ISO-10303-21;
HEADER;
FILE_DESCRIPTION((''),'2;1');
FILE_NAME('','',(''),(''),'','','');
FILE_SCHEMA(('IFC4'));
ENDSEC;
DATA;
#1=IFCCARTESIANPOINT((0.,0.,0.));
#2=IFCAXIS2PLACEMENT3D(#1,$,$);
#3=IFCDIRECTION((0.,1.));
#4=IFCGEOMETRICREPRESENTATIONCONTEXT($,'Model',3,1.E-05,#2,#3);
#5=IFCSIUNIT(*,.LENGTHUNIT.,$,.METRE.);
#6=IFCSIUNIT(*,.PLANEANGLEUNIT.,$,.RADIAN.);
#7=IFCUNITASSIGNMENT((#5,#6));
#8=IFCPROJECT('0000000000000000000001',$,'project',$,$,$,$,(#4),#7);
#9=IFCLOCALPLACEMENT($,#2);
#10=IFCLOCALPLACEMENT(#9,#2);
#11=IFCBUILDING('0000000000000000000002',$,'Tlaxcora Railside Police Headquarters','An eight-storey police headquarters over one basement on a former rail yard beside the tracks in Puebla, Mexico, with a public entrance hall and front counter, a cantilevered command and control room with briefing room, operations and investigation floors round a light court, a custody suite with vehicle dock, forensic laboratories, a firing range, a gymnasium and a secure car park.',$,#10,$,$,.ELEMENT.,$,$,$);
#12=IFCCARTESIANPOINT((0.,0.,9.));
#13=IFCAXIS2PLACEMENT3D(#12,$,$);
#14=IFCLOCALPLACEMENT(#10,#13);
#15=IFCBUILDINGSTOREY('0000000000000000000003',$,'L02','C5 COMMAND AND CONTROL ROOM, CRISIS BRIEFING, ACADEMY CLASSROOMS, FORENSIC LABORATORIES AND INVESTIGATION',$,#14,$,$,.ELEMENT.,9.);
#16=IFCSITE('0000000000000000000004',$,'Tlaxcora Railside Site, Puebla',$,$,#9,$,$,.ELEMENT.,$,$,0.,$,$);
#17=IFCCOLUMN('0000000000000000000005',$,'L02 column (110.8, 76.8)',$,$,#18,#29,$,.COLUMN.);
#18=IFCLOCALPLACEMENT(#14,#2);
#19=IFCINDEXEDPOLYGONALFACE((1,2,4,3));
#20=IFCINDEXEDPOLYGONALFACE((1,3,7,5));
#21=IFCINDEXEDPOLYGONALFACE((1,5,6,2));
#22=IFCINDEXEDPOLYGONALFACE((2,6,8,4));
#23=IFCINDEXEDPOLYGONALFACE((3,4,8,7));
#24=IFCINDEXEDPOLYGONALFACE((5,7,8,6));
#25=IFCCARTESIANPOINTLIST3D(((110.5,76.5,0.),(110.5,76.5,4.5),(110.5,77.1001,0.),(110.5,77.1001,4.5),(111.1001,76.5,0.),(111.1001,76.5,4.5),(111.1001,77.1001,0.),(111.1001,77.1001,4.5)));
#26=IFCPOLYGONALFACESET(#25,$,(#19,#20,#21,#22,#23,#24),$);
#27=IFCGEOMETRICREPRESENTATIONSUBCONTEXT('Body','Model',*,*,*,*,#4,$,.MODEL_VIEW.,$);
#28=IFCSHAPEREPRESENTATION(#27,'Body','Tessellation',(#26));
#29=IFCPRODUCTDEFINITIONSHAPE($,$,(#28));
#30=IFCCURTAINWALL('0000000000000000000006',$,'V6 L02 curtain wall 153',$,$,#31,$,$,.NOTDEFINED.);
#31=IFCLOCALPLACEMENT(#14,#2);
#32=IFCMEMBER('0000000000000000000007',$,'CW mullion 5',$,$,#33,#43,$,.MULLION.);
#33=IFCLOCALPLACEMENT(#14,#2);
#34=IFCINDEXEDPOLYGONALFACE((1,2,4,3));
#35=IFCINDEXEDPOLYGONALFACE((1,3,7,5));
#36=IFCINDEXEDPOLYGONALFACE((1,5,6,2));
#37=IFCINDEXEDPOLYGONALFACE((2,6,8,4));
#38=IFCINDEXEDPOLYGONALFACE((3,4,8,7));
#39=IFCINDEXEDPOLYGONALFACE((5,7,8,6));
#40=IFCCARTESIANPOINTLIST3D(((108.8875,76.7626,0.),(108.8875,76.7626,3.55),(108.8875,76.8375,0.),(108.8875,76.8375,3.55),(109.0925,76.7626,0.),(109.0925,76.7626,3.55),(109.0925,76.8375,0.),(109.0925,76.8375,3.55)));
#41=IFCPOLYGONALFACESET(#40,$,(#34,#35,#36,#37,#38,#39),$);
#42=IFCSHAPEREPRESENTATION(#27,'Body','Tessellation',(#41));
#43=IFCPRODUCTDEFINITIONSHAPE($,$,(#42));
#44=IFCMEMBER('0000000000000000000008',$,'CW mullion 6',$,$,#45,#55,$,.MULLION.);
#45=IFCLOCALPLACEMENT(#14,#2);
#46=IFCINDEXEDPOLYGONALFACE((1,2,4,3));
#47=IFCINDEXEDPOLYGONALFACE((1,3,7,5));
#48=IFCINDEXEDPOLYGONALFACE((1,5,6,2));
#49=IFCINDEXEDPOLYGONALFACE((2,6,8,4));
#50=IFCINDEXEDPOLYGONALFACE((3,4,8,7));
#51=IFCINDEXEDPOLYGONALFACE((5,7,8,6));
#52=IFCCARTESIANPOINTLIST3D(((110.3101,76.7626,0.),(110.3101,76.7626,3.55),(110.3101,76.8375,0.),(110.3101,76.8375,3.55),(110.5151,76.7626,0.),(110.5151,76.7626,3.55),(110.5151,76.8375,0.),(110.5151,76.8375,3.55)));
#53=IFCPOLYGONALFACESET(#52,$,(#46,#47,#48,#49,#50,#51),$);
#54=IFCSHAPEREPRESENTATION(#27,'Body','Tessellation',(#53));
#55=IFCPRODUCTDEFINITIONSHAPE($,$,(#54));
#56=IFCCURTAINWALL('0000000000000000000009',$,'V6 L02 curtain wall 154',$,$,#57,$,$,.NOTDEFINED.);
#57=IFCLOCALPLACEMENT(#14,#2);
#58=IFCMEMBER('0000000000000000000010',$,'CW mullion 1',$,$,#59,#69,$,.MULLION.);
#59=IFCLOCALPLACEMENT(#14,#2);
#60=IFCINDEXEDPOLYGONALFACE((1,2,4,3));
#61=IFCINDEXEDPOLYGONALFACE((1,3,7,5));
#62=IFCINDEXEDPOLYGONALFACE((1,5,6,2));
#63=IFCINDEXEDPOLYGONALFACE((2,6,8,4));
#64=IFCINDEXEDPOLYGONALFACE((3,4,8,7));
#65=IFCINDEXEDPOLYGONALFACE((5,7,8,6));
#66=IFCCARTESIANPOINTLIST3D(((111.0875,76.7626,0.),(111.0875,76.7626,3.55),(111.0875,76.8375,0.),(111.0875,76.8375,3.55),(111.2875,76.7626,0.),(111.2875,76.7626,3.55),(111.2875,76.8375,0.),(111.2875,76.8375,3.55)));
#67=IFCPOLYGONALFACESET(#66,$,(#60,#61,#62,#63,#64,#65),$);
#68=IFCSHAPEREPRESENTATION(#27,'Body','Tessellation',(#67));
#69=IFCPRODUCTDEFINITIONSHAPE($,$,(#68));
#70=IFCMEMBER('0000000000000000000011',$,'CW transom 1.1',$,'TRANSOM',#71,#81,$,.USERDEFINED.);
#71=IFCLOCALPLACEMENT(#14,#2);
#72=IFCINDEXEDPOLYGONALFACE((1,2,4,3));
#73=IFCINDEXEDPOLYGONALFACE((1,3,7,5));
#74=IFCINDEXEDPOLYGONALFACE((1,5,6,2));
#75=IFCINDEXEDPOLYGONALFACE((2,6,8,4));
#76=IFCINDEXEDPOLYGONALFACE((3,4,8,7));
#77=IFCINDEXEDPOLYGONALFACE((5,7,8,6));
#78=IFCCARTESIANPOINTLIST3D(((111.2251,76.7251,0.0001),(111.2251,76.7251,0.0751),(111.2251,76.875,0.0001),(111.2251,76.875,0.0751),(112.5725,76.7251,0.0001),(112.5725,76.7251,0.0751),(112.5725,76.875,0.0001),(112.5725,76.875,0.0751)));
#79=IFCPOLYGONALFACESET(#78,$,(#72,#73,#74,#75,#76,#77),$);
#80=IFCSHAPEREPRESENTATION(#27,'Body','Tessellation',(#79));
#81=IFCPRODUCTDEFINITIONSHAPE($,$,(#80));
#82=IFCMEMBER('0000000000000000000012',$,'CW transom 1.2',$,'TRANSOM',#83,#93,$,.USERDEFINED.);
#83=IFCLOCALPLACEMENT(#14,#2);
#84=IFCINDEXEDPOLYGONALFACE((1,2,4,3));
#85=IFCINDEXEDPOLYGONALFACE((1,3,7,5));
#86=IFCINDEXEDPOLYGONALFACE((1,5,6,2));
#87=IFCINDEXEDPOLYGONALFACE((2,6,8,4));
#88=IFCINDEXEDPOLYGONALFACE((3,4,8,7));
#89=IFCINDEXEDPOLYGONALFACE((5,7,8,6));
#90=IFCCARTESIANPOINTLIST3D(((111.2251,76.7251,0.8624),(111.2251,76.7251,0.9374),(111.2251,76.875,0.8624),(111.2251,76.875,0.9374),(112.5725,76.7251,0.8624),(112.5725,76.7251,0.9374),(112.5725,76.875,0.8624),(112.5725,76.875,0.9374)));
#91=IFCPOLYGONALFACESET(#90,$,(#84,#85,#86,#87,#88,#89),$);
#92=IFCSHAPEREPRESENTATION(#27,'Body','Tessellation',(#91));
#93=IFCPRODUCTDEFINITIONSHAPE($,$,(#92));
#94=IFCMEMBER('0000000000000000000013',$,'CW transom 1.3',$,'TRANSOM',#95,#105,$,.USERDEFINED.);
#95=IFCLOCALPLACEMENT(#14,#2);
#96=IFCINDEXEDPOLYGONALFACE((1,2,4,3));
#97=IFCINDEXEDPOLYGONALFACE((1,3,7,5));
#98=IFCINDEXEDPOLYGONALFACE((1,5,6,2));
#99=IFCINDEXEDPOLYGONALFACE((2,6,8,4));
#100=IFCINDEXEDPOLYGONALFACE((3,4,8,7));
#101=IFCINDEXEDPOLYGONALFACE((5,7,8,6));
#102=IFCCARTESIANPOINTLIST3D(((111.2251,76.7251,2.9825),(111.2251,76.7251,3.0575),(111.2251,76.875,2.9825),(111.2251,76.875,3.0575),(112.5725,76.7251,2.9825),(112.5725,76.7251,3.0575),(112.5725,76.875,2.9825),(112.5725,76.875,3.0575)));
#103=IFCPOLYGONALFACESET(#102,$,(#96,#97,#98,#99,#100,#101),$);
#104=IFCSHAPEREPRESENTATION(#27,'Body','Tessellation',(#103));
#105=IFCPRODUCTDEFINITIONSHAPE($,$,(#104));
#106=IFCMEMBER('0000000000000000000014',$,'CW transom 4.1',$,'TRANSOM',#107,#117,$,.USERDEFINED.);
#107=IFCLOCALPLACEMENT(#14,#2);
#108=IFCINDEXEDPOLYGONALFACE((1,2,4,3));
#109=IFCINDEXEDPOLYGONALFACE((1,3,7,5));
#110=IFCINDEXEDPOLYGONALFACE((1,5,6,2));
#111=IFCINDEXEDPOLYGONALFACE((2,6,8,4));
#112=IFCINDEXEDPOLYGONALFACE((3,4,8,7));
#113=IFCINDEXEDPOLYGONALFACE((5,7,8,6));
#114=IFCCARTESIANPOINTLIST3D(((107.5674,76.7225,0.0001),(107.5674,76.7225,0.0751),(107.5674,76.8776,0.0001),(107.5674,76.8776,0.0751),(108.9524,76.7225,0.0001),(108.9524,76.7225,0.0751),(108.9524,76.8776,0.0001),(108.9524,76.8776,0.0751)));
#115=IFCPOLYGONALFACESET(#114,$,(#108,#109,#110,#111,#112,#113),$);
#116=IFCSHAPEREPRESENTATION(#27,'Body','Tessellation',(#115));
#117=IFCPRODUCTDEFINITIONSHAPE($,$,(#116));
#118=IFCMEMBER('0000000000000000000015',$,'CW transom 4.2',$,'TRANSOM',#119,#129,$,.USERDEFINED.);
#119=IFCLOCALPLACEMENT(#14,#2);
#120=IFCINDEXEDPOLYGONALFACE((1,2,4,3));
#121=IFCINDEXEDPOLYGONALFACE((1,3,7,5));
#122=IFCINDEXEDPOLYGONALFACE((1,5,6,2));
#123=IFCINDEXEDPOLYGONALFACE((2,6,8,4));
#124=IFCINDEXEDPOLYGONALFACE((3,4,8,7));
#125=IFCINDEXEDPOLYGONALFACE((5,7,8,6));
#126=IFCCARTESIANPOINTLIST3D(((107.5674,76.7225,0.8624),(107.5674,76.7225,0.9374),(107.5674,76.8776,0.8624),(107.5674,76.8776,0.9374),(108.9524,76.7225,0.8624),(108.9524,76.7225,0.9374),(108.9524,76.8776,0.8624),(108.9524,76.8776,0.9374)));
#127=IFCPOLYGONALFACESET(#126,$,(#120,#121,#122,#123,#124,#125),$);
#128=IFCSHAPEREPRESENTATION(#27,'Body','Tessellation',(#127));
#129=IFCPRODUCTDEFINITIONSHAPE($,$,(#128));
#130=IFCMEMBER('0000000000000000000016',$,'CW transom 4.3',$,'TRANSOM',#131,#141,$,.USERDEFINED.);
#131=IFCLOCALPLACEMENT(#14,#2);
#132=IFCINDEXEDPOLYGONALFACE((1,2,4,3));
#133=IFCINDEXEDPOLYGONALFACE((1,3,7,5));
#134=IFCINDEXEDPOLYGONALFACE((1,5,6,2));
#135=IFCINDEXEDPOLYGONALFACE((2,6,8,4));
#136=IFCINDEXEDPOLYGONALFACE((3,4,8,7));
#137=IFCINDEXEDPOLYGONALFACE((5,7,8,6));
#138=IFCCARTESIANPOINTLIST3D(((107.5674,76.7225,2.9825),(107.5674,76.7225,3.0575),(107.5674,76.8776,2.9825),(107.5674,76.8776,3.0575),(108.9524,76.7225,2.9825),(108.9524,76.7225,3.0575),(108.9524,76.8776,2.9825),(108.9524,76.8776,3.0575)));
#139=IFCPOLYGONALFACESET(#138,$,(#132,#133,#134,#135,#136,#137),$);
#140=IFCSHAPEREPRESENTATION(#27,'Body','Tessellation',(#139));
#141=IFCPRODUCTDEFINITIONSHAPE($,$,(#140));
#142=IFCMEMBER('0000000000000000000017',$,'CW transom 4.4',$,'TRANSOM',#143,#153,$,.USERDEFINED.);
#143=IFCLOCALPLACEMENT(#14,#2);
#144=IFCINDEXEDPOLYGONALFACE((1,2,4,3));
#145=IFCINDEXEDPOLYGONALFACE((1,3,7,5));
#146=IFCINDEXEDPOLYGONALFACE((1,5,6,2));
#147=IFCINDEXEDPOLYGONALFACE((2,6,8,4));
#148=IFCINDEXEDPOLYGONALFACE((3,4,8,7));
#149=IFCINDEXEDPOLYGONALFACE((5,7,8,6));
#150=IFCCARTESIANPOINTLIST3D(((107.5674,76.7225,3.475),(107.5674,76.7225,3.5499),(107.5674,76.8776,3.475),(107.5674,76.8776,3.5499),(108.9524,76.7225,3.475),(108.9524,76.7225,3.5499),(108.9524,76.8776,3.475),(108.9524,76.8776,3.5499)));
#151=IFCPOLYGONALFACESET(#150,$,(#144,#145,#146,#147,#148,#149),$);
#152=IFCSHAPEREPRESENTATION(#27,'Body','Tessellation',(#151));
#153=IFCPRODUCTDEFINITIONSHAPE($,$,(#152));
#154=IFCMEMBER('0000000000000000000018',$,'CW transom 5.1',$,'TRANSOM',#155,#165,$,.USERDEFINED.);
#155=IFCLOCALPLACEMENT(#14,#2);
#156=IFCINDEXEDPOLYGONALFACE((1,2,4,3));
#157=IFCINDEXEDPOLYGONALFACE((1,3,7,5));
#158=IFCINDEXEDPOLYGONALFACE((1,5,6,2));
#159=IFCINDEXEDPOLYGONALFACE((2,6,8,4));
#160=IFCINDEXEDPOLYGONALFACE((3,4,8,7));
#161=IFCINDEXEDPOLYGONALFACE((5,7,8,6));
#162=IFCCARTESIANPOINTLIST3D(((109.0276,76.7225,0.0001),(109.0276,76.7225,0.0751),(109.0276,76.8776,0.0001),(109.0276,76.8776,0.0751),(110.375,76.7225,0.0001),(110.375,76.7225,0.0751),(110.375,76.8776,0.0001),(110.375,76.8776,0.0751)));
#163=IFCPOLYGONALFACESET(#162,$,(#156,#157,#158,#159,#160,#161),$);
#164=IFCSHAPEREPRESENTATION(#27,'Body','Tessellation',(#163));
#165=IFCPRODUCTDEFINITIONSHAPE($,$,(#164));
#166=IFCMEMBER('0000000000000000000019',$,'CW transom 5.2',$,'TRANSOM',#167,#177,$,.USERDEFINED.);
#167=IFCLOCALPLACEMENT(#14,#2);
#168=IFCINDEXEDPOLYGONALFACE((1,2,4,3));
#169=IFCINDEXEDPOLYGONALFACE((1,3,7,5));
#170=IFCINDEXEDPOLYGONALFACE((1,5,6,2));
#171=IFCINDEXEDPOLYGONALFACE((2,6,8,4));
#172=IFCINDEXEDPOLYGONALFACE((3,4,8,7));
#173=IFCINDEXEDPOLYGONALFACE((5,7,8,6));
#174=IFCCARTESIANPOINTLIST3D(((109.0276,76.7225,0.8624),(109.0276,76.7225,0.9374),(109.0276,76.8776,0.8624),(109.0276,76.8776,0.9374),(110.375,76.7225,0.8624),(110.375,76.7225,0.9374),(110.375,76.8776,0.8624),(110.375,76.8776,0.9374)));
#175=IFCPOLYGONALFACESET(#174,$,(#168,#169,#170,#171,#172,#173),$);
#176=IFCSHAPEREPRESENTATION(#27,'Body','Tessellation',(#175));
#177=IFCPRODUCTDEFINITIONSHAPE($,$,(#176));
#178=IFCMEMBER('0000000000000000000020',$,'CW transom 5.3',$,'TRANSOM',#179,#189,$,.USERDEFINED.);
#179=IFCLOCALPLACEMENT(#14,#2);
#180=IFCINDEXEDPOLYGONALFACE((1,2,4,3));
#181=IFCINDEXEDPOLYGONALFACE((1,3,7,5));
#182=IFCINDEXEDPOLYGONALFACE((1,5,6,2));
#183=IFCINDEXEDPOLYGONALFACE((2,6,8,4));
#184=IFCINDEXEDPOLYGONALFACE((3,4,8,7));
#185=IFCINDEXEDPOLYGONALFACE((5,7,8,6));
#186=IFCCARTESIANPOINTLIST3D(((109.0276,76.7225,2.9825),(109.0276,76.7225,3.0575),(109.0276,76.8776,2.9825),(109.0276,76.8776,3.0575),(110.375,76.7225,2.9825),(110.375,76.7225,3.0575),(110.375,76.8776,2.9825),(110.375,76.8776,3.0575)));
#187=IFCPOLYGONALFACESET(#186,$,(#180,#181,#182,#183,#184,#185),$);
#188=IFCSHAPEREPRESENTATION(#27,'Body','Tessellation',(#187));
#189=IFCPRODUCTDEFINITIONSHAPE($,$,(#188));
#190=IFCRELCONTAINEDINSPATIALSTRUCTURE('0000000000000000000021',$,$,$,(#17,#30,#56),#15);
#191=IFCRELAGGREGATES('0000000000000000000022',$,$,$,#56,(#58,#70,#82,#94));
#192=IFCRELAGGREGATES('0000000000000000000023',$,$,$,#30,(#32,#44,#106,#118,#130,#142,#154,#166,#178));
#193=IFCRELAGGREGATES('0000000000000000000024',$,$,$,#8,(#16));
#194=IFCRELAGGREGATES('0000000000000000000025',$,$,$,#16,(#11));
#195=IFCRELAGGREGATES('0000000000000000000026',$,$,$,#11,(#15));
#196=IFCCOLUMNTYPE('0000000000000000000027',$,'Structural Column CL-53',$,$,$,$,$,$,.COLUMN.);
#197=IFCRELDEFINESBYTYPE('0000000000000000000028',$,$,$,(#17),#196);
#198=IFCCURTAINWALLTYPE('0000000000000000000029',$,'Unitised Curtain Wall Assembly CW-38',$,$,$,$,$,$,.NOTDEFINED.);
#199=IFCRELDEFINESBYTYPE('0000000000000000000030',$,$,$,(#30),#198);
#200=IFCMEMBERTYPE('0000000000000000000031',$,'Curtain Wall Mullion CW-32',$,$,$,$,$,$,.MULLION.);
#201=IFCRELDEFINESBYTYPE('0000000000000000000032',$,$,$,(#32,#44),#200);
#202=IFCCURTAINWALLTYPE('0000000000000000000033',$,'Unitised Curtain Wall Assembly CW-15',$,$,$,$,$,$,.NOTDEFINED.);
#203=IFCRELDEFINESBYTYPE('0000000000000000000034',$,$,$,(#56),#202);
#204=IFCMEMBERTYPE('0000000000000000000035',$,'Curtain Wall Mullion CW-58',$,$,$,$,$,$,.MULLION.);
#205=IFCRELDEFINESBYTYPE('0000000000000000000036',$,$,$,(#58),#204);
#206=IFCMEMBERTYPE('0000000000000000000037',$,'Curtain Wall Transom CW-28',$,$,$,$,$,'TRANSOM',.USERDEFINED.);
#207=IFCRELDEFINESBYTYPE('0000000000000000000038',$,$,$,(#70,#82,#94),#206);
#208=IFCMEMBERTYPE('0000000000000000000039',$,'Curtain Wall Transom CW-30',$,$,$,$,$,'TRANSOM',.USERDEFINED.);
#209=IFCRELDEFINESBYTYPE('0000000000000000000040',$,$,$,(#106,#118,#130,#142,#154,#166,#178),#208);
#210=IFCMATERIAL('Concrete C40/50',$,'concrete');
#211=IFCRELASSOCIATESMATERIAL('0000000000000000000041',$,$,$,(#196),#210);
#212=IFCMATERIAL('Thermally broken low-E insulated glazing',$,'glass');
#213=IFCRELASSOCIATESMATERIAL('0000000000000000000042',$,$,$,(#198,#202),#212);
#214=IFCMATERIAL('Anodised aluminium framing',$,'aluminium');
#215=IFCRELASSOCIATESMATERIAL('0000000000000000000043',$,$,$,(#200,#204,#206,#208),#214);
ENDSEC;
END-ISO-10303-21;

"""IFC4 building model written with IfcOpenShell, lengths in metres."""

from ifc_helpers import new_model, si_unit, direction, frame, origin, origin_2d, place, context, subcontext, project, spatial, rectangle, extrude, material, material_profile, profile_set, type_object, element, aggregate, save


model = new_model("IFC4")

# Units and contexts
model_context = context("Model", 3, precision=1e-05, world=origin(), true_north=direction((0.0, 1.0)))
body_context = subcontext(model_context, "Body", "Model", "MODEL_VIEW")
ifc_project = project(units=[si_unit("LENGTHUNIT", "METRE"), si_unit("PLANEANGLEUNIT", "RADIAN")], contexts=[model_context])

# Site, building, storey
site_placement = place(None, origin())
site = spatial("IfcSite", under=ifc_project, at=site_placement, Name="Tlaxcora Railside Site, Puebla", CompositionType="ELEMENT", RefElevation=0.0)
building_placement = place(site_placement, origin())
building = spatial("IfcBuilding", under=site, at=building_placement, Name="Tlaxcora Railside Police Headquarters", Description="An eight-storey police headquarters over one basement on a former rail yard beside the tracks in Puebla, Mexico, with a public entrance hall and front counter, a cantilevered command and control room with briefing room, operations and investigation floors round a light court, a custody suite with vehicle dock, forensic laboratories, a firing range, a gymnasium and a secure car park.", CompositionType="ELEMENT")
storey_placement = place(building_placement, frame((0.0, 0.0, 9.0)))
storey = spatial("IfcBuildingStorey", under=building, at=storey_placement, Name="L02", Description="C5 COMMAND AND CONTROL ROOM, CRISIS BRIEFING, ACADEMY CLASSROOMS, FORENSIC LABORATORIES AND INVESTIGATION", CompositionType="ELEMENT", Elevation=9.0)

# Column
ifc_material_1 = material(Name="Concrete C40/50", Category="concrete")
ifc_material_profile_1 = material_profile(ifc_material_1, rectangle(XDim=0.6001, YDim=0.6001, at=origin_2d()), Name="RC600X600")
ifc_profile_set_1 = profile_set([ifc_material_profile_1], Name="Concrete C40/50")
column_type = type_object("IfcColumnType", Name="Structural Column CL-53", PredefinedType="COLUMN", material=ifc_profile_set_1)
column_placement = place(storey_placement, frame((110.8, 76.8, 0.0), z_axis=(0.0, 0.0, 1.0), x_axis=(1.0, 0.0, 0.0)))
element("IfcColumn", 1, at=column_placement, inside=storey, type_object=column_type, Name="L02 column (110.8, 76.8)", PredefinedType="COLUMN", context=body_context, shape_type="SweptSolid", body=[
    extrude(rectangle(XDim=0.6001, YDim=0.6001, at=origin_2d()), origin(), (0.0, 0.0, 1.0), 4.5),
])

# Curtain walls, members
ifc_material_2 = material(Name="Thermally broken low-E insulated glazing", Category="glass")
curtain_wall_type_1 = type_object("IfcCurtainWallType", Name="Unitised Curtain Wall Assembly CW-38", PredefinedType="NOTDEFINED", material=ifc_material_2)
curtain_wall_1_placement = place(storey_placement, origin())
curtain_wall_1 = element("IfcCurtainWall", 2, at=curtain_wall_1_placement, inside=storey, type_object=curtain_wall_type_1, Name="V6 L02 curtain wall 153", PredefinedType="NOTDEFINED")
ifc_material_3 = material(Name="Anodised aluminium framing", Category="aluminium")
ifc_material_profile_2 = material_profile(ifc_material_3, rectangle(XDim=0.075, YDim=0.2051, at=origin_2d()), Name="AL75X205")
ifc_profile_set_2 = profile_set([ifc_material_profile_2], Name="Anodised aluminium framing")
member_type_1 = type_object("IfcMemberType", Name="Curtain Wall Mullion CW-32", PredefinedType="MULLION", material=ifc_profile_set_2)
member_1_placement = place(storey_placement, frame((108.99, 76.8, 0.0), z_axis=(0.0, 0.0, 1.0), x_axis=(0.0, 1.0, 0.0)))
member_1 = element("IfcMember", 3, at=member_1_placement, type_object=member_type_1, Name="CW mullion 5", PredefinedType="MULLION", context=body_context, shape_type="SweptSolid", body=[
    extrude(rectangle(XDim=0.075, YDim=0.2051, at=origin_2d()), origin(), (0.0, 0.0, 1.0), 3.55),
])
member_2_placement = place(storey_placement, frame((110.4126, 76.8, 0.0), z_axis=(0.0, 0.0, 1.0), x_axis=(0.0, 1.0, 0.0)))
member_2 = element("IfcMember", 4, at=member_2_placement, type_object=member_type_1, Name="CW mullion 6", PredefinedType="MULLION", context=body_context, shape_type="SweptSolid", body=[
    extrude(rectangle(XDim=0.075, YDim=0.2051, at=origin_2d()), origin(), (0.0, 0.0, 1.0), 3.55),
])
curtain_wall_type_2 = type_object("IfcCurtainWallType", Name="Unitised Curtain Wall Assembly CW-15", PredefinedType="NOTDEFINED", material=ifc_material_2)
curtain_wall_2_placement = place(storey_placement, origin())
curtain_wall_2 = element("IfcCurtainWall", 5, at=curtain_wall_2_placement, inside=storey, type_object=curtain_wall_type_2, Name="V6 L02 curtain wall 154", PredefinedType="NOTDEFINED")
ifc_material_profile_3 = material_profile(ifc_material_3, rectangle(XDim=0.075, YDim=0.2, at=origin_2d()), Name="AL75X200")
ifc_profile_set_3 = profile_set([ifc_material_profile_3], Name="Anodised aluminium framing")
member_type_2 = type_object("IfcMemberType", Name="Curtain Wall Mullion CW-58", PredefinedType="MULLION", material=ifc_profile_set_3)
member_3_placement = place(storey_placement, frame((111.1875, 76.8, 0.0), z_axis=(0.0, 0.0, 1.0), x_axis=(0.0, 1.0, 0.0)))
member_3 = element("IfcMember", 6, at=member_3_placement, type_object=member_type_2, Name="CW mullion 1", PredefinedType="MULLION", context=body_context, shape_type="SweptSolid", body=[
    extrude(rectangle(XDim=0.075, YDim=0.2, at=origin_2d()), origin(), (0.0, 0.0, 1.0), 3.55),
])
ifc_material_profile_4 = material_profile(ifc_material_3, rectangle(XDim=0.1499, YDim=0.075, at=origin_2d()), Name="AL75X150")
ifc_profile_set_4 = profile_set([ifc_material_profile_4], Name="Anodised aluminium framing")
member_type_3 = type_object("IfcMemberType", Name="Curtain Wall Transom CW-28", ElementType="TRANSOM", PredefinedType="USERDEFINED", material=ifc_profile_set_4)
member_4_placement = place(storey_placement, frame((111.2251, 76.8, 0.0376), z_axis=(1.0, 0.0, 0.0), x_axis=(0.0, 1.0, 0.0)))
member_4 = element("IfcMember", 7, at=member_4_placement, type_object=member_type_3, Name="CW transom 1.1", ObjectType="TRANSOM", PredefinedType="USERDEFINED", context=body_context, shape_type="SweptSolid", body=[
    extrude(rectangle(XDim=0.1499, YDim=0.075, at=origin_2d()), origin(), (0.0, 0.0, 1.0), 1.3474),
])
member_5_placement = place(storey_placement, frame((111.2251, 76.8, 0.8999), z_axis=(1.0, 0.0, 0.0), x_axis=(0.0, 1.0, 0.0)))
member_5 = element("IfcMember", 8, at=member_5_placement, type_object=member_type_3, Name="CW transom 1.2", ObjectType="TRANSOM", PredefinedType="USERDEFINED", context=body_context, shape_type="SweptSolid", body=[
    extrude(rectangle(XDim=0.1499, YDim=0.075, at=origin_2d()), origin(), (0.0, 0.0, 1.0), 1.3474),
])
member_6_placement = place(storey_placement, frame((111.2251, 76.8, 3.02), z_axis=(1.0, 0.0, 0.0), x_axis=(0.0, 1.0, 0.0)))
member_6 = element("IfcMember", 9, at=member_6_placement, type_object=member_type_3, Name="CW transom 1.3", ObjectType="TRANSOM", PredefinedType="USERDEFINED", context=body_context, shape_type="SweptSolid", body=[
    extrude(rectangle(XDim=0.1499, YDim=0.075, at=origin_2d()), origin(), (0.0, 0.0, 1.0), 1.3474),
])
aggregate(curtain_wall_2, [member_3, member_4, member_5, member_6])

# Members
ifc_material_profile_5 = material_profile(ifc_material_3, rectangle(XDim=0.155, YDim=0.075, at=origin_2d()), Name="AL75X155")
ifc_profile_set_5 = profile_set([ifc_material_profile_5], Name="Anodised aluminium framing")
member_type_4 = type_object("IfcMemberType", Name="Curtain Wall Transom CW-30", ElementType="TRANSOM", PredefinedType="USERDEFINED", material=ifc_profile_set_5)
member_7_placement = place(storey_placement, frame((107.5674, 76.8, 0.0376), z_axis=(1.0, 0.0, 0.0), x_axis=(0.0, 1.0, 0.0)))
member_7 = element("IfcMember", 10, at=member_7_placement, type_object=member_type_4, Name="CW transom 4.1", ObjectType="TRANSOM", PredefinedType="USERDEFINED", context=body_context, shape_type="SweptSolid", body=[
    extrude(rectangle(XDim=0.155, YDim=0.075, at=origin_2d()), origin(), (0.0, 0.0, 1.0), 1.385),
])
member_8_placement = place(storey_placement, frame((107.5674, 76.8, 0.8999), z_axis=(1.0, 0.0, 0.0), x_axis=(0.0, 1.0, 0.0)))
member_8 = element("IfcMember", 11, at=member_8_placement, type_object=member_type_4, Name="CW transom 4.2", ObjectType="TRANSOM", PredefinedType="USERDEFINED", context=body_context, shape_type="SweptSolid", body=[
    extrude(rectangle(XDim=0.155, YDim=0.075, at=origin_2d()), origin(), (0.0, 0.0, 1.0), 1.385),
])
member_9_placement = place(storey_placement, frame((107.5674, 76.8, 3.02), z_axis=(1.0, 0.0, 0.0), x_axis=(0.0, 1.0, 0.0)))
member_9 = element("IfcMember", 12, at=member_9_placement, type_object=member_type_4, Name="CW transom 4.3", ObjectType="TRANSOM", PredefinedType="USERDEFINED", context=body_context, shape_type="SweptSolid", body=[
    extrude(rectangle(XDim=0.155, YDim=0.075, at=origin_2d()), origin(), (0.0, 0.0, 1.0), 1.385),
])
member_10_placement = place(storey_placement, frame((107.5674, 76.8, 3.5125), z_axis=(1.0, 0.0, 0.0), x_axis=(0.0, 1.0, 0.0)))
member_10 = element("IfcMember", 13, at=member_10_placement, type_object=member_type_4, Name="CW transom 4.4", ObjectType="TRANSOM", PredefinedType="USERDEFINED", context=body_context, shape_type="SweptSolid", body=[
    extrude(rectangle(XDim=0.155, YDim=0.075, at=origin_2d()), origin(), (0.0, 0.0, 1.0), 1.385),
])
member_11_placement = place(storey_placement, frame((109.0276, 76.8, 0.0376), z_axis=(1.0, 0.0, 0.0), x_axis=(0.0, 1.0, 0.0)))
member_11 = element("IfcMember", 14, at=member_11_placement, type_object=member_type_4, Name="CW transom 5.1", ObjectType="TRANSOM", PredefinedType="USERDEFINED", context=body_context, shape_type="SweptSolid", body=[
    extrude(rectangle(XDim=0.155, YDim=0.075, at=origin_2d()), origin(), (0.0, 0.0, 1.0), 1.3474),
])
member_12_placement = place(storey_placement, frame((109.0276, 76.8, 0.8999), z_axis=(1.0, 0.0, 0.0), x_axis=(0.0, 1.0, 0.0)))
member_12 = element("IfcMember", 15, at=member_12_placement, type_object=member_type_4, Name="CW transom 5.2", ObjectType="TRANSOM", PredefinedType="USERDEFINED", context=body_context, shape_type="SweptSolid", body=[
    extrude(rectangle(XDim=0.155, YDim=0.075, at=origin_2d()), origin(), (0.0, 0.0, 1.0), 1.3474),
])
member_13_placement = place(storey_placement, frame((109.0276, 76.8, 3.02), z_axis=(1.0, 0.0, 0.0), x_axis=(0.0, 1.0, 0.0)))
member_13 = element("IfcMember", 16, at=member_13_placement, type_object=member_type_4, Name="CW transom 5.3", ObjectType="TRANSOM", PredefinedType="USERDEFINED", context=body_context, shape_type="SweptSolid", body=[
    extrude(rectangle(XDim=0.155, YDim=0.075, at=origin_2d()), origin(), (0.0, 0.0, 1.0), 1.3474),
])

aggregate(curtain_wall_1, [member_1, member_2, member_7, member_8, member_9, member_10, member_11, member_12, member_13])

save(model, "model.ifc")
